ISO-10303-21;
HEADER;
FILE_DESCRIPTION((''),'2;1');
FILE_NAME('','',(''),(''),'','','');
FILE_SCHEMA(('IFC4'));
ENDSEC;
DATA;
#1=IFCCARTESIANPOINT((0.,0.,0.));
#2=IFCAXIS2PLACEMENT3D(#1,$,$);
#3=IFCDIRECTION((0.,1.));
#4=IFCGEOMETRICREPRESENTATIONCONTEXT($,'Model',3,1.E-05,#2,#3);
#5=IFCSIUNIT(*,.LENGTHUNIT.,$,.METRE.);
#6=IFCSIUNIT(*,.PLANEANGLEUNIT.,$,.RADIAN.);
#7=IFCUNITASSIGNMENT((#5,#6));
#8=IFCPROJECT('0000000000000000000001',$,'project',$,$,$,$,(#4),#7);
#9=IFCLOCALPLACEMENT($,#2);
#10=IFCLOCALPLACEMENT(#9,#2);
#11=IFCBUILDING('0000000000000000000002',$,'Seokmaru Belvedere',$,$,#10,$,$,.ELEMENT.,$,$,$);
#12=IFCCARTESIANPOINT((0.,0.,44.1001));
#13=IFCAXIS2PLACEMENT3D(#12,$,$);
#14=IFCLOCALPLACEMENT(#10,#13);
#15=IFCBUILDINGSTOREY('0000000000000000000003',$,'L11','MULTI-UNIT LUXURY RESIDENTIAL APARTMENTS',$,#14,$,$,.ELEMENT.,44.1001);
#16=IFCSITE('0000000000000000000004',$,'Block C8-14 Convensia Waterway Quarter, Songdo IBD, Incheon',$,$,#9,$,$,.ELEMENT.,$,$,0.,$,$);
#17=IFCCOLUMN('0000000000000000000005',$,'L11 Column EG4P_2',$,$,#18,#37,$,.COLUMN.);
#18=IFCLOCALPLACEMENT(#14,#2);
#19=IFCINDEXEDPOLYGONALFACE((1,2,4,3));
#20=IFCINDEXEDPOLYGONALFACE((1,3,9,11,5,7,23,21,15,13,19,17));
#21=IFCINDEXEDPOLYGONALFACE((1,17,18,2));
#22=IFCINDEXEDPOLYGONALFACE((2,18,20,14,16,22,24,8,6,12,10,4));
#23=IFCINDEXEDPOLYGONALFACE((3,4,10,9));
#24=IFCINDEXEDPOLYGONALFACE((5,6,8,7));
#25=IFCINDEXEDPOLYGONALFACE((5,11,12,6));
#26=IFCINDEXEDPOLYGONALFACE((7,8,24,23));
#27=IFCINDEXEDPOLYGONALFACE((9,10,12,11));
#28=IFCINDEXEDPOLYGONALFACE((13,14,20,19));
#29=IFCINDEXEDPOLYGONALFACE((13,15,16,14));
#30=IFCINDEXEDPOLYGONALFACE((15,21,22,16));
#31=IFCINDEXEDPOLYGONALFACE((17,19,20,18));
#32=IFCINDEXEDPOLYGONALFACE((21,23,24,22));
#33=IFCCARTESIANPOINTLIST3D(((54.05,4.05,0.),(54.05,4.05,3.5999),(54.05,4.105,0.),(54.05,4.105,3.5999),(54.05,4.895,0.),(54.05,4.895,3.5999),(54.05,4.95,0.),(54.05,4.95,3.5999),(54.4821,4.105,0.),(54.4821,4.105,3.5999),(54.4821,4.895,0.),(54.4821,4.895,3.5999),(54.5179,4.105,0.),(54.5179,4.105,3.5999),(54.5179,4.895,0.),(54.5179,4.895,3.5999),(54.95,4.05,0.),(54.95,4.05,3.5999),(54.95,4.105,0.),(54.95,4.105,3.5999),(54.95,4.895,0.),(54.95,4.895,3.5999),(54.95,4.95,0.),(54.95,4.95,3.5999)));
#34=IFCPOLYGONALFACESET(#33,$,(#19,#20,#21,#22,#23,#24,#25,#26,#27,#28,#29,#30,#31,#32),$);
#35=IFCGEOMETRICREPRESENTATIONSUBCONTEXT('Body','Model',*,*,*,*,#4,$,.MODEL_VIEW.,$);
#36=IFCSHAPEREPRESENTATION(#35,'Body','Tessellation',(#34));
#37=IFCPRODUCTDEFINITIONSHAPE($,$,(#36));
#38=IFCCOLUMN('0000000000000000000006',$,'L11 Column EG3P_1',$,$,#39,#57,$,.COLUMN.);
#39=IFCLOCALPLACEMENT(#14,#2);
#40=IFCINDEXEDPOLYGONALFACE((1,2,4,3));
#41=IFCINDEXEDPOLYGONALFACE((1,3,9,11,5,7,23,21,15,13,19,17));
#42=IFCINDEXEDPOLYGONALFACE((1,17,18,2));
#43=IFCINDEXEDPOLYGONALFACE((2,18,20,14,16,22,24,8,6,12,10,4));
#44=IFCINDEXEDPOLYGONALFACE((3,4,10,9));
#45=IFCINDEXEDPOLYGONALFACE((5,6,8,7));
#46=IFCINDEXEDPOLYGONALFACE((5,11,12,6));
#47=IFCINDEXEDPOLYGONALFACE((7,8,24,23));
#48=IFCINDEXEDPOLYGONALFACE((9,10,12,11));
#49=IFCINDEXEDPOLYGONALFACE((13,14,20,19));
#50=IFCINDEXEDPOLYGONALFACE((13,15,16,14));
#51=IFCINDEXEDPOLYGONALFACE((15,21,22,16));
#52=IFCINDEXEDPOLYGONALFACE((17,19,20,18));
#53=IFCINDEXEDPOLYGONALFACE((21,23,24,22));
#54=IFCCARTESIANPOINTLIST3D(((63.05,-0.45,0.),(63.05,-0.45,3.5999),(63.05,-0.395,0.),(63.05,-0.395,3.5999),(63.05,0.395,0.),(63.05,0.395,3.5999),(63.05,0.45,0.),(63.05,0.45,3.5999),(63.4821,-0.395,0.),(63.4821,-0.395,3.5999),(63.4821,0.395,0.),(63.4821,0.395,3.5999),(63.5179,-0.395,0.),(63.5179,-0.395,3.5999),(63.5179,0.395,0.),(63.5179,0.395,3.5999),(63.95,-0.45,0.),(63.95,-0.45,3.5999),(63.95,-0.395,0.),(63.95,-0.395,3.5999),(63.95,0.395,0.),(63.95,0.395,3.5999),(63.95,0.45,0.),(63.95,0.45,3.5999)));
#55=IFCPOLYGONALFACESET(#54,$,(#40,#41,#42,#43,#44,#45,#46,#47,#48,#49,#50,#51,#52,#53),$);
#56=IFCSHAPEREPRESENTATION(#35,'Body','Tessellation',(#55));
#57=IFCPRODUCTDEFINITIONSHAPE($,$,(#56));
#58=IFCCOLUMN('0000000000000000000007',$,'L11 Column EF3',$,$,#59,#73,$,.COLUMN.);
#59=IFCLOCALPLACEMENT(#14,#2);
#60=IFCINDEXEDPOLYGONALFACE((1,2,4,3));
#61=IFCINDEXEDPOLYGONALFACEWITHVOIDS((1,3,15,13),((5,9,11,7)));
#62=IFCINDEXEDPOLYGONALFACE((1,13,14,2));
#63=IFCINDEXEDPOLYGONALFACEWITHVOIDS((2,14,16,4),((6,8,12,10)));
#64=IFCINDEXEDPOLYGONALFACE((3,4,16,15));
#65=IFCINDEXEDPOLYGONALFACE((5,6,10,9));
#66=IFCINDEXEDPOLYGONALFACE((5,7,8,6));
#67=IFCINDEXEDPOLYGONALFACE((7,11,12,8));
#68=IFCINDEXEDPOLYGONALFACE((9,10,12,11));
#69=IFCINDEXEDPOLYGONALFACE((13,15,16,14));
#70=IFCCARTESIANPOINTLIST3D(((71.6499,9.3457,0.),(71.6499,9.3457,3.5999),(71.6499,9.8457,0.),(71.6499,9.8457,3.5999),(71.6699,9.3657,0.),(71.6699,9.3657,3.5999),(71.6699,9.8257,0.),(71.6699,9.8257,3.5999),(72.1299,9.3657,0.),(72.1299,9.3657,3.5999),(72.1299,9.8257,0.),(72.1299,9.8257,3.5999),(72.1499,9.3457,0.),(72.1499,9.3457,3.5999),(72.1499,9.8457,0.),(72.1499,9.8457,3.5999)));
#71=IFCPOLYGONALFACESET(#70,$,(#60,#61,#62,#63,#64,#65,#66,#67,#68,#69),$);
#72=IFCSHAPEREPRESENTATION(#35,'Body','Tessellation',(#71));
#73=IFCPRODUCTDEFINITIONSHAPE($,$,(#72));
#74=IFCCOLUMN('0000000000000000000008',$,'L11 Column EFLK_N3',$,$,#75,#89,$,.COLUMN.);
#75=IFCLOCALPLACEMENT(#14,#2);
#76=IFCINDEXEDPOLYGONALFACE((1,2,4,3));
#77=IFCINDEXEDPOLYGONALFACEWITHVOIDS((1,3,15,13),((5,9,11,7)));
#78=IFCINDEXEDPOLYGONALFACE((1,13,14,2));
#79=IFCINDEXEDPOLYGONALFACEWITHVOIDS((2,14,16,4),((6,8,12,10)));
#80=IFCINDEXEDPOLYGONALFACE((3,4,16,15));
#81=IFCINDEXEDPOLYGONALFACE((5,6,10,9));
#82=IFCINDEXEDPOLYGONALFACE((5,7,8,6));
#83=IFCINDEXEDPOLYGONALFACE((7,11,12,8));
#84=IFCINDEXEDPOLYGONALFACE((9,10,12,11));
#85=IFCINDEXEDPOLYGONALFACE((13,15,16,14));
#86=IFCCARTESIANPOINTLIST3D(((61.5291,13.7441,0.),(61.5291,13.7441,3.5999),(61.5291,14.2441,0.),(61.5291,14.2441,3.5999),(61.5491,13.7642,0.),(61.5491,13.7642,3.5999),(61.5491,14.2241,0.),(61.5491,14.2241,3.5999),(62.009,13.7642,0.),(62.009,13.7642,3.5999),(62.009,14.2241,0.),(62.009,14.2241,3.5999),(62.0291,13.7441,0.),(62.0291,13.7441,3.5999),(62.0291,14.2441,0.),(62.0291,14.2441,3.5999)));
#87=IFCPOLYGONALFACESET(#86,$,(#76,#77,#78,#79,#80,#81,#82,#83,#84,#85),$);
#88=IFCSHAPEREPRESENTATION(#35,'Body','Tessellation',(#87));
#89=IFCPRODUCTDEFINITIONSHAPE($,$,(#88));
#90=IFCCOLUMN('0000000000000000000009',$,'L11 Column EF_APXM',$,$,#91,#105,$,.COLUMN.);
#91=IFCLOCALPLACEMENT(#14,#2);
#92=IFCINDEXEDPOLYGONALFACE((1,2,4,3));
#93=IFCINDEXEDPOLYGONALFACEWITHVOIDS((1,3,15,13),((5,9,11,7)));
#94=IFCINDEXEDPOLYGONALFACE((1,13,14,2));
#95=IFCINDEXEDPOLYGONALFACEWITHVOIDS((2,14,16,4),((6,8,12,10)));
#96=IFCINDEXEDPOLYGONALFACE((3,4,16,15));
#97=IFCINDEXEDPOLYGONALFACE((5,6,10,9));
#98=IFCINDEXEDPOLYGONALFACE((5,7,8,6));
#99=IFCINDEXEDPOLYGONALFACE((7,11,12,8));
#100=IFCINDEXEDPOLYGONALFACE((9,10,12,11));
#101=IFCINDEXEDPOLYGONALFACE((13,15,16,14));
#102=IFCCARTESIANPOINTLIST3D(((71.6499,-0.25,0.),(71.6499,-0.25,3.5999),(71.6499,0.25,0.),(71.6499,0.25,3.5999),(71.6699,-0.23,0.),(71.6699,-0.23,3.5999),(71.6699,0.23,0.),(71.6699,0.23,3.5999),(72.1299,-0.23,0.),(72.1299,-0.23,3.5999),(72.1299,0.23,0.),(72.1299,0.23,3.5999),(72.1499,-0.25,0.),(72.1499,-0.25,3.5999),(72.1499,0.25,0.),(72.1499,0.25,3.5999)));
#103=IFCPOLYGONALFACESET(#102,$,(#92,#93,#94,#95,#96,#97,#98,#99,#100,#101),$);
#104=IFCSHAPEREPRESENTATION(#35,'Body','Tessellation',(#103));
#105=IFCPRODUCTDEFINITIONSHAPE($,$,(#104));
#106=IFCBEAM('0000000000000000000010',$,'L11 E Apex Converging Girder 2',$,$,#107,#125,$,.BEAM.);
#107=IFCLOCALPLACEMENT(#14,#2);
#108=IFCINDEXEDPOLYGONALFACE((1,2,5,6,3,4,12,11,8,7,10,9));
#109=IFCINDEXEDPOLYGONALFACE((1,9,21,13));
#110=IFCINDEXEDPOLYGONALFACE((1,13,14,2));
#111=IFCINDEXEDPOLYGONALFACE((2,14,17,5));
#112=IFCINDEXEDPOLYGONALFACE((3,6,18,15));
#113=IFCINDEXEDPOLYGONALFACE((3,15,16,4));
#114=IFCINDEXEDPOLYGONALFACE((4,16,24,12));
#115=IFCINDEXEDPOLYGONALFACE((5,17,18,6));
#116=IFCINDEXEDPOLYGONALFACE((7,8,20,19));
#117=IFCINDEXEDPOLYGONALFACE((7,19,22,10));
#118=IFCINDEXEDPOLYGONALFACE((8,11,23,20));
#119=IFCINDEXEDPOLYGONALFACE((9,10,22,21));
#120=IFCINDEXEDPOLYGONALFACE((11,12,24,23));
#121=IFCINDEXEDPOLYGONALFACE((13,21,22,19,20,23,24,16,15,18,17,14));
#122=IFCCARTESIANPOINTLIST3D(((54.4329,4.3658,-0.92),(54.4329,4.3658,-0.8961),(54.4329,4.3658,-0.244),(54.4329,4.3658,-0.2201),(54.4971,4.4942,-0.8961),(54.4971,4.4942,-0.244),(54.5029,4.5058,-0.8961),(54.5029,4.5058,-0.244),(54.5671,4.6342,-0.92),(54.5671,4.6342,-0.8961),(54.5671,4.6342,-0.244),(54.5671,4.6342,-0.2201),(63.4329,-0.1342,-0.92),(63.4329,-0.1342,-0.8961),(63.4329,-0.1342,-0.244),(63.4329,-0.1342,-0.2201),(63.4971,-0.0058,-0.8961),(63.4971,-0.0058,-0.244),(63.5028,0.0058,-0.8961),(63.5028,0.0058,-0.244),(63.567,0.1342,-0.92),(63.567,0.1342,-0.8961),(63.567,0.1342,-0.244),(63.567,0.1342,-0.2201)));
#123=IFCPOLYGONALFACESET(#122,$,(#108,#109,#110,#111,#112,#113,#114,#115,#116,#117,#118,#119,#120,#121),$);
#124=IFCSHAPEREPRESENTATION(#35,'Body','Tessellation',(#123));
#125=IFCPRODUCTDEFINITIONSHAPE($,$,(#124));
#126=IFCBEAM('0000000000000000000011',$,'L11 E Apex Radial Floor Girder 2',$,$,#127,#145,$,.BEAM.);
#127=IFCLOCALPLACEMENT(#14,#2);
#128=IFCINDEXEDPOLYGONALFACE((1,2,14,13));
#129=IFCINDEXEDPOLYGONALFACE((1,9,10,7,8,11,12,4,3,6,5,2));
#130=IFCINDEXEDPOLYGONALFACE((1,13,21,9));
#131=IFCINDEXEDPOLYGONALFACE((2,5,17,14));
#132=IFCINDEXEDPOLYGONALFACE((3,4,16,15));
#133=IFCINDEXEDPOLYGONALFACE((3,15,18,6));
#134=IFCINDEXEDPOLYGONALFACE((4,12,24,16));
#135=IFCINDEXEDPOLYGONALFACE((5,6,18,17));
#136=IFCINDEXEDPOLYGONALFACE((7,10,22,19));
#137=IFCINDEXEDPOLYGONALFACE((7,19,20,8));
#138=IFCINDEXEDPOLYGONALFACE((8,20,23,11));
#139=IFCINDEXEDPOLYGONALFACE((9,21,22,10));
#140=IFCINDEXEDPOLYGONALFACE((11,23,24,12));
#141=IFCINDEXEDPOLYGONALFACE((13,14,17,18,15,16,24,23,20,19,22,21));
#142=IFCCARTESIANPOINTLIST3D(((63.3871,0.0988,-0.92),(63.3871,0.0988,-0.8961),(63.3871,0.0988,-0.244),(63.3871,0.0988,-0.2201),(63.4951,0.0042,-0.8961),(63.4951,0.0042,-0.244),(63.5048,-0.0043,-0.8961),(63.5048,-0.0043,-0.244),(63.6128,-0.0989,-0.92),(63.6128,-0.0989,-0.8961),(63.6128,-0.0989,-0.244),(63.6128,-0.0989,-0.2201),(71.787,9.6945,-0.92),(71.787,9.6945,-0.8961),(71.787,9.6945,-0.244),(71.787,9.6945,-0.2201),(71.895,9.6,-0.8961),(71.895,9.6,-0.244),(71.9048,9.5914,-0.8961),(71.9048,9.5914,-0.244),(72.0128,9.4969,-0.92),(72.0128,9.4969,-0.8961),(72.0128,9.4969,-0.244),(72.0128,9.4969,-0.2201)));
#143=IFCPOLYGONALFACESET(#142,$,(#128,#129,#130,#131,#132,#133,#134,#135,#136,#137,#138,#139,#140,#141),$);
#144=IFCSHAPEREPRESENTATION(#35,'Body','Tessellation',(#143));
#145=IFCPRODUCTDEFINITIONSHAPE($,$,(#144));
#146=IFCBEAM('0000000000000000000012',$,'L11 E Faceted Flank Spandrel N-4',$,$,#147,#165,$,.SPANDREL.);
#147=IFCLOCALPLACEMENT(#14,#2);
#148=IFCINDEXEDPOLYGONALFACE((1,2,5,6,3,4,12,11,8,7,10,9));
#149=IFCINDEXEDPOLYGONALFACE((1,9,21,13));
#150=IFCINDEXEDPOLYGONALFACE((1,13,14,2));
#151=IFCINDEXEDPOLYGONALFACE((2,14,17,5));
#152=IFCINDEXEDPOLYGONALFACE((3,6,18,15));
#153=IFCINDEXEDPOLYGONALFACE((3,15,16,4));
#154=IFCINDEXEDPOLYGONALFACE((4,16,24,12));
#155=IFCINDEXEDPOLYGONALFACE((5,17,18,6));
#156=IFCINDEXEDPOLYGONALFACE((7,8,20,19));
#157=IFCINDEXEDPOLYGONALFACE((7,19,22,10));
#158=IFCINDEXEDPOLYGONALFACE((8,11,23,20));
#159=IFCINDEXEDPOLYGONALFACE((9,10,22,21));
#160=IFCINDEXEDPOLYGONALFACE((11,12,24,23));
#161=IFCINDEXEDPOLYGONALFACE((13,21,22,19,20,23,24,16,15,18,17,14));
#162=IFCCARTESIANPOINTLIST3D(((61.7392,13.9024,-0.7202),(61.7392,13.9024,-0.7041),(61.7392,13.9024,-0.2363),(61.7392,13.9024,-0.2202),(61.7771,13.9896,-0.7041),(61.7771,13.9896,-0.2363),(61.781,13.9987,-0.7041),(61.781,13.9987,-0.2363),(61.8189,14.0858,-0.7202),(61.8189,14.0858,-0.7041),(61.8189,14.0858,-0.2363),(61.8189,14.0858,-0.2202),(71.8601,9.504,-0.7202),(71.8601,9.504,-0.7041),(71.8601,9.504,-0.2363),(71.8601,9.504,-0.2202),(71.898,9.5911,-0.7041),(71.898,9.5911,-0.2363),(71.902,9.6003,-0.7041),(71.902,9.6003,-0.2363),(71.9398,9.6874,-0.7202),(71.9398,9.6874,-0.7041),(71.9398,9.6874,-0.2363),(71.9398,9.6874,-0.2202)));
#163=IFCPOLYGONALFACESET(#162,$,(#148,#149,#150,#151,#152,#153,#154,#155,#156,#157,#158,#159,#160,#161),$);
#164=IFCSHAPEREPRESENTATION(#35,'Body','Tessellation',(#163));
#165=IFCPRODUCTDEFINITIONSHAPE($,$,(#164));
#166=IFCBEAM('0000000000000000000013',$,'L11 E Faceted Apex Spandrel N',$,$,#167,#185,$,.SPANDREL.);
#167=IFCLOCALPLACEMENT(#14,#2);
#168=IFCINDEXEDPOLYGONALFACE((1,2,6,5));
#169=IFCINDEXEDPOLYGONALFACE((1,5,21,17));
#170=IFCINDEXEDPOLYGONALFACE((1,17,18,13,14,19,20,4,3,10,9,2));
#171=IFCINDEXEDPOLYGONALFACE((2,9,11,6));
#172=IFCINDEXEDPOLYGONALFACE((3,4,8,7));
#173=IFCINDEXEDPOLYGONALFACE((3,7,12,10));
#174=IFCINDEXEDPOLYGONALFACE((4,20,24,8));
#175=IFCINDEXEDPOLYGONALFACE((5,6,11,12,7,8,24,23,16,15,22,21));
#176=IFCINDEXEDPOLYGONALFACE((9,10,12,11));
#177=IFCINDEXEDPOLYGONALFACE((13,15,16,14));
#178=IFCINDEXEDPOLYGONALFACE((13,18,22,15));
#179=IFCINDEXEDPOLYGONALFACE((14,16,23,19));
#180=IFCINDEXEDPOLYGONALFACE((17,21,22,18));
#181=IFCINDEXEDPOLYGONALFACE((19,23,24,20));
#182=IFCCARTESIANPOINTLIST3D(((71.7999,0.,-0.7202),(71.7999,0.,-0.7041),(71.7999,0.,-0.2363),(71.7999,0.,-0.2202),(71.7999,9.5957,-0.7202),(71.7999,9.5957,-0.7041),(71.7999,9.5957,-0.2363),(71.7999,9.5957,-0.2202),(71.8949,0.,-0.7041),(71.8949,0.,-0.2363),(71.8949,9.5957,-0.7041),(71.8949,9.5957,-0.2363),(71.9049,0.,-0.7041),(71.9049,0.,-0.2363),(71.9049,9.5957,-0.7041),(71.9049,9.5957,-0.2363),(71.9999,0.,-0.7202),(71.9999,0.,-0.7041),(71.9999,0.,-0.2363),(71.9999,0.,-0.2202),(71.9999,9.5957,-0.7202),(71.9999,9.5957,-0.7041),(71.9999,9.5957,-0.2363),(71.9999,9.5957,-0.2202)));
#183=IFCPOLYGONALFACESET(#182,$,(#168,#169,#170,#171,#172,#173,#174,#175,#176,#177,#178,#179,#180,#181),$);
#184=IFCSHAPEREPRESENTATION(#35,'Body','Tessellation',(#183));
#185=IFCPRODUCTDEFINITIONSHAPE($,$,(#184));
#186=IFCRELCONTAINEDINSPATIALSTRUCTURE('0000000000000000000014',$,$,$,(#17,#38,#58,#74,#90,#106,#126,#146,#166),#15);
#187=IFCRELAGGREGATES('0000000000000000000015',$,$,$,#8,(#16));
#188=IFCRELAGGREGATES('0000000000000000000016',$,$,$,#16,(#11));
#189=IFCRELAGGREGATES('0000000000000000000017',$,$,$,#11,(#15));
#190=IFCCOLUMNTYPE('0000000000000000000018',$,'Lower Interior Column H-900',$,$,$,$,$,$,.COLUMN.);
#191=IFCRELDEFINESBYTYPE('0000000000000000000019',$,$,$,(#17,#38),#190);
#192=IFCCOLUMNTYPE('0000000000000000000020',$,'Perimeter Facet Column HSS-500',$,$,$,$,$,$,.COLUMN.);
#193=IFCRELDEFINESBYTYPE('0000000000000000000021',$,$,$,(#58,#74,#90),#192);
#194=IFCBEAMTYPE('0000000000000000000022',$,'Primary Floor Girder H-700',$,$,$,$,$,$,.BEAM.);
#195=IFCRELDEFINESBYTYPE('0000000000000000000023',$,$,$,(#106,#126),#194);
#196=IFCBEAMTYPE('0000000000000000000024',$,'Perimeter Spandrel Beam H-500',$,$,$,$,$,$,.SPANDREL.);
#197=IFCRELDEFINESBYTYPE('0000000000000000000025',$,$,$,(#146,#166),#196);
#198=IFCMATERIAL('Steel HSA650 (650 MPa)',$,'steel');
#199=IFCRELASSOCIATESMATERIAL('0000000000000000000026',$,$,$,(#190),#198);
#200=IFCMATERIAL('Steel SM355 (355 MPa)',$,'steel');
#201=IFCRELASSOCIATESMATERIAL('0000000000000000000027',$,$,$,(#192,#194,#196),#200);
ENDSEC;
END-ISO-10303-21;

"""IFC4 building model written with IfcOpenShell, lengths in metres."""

from ifc_helpers import new_model, si_unit, direction, frame, origin, origin_2d, place, context, subcontext, project, spatial, hollow_rectangle, i_section, extrude, source, transform, mapped, material, material_profile, profile_set, type_object, type_shapes, element, save


model = new_model("IFC4")

# Units and contexts
model_context = context("Model", 3, precision=1e-05, world=origin(), true_north=direction((0.0, 1.0)))
body_context = subcontext(model_context, "Body", "Model", "MODEL_VIEW")
ifc_project = project(units=[si_unit("LENGTHUNIT", "METRE"), si_unit("PLANEANGLEUNIT", "RADIAN")], contexts=[model_context])

# Site, building, storey
site_placement = place(None, origin())
site = spatial("IfcSite", under=ifc_project, at=site_placement, Name="Block C8-14 Convensia Waterway Quarter, Songdo IBD, Incheon", CompositionType="ELEMENT", RefElevation=0.0)
building_placement = place(site_placement, origin())
building = spatial("IfcBuilding", under=site, at=building_placement, Name="Seokmaru Belvedere", CompositionType="ELEMENT")
storey_placement = place(building_placement, frame((0.0, 0.0, 44.1001)))
storey = spatial("IfcBuildingStorey", under=building, at=storey_placement, Name="L11", Description="MULTI-UNIT LUXURY RESIDENTIAL APARTMENTS", CompositionType="ELEMENT", Elevation=44.1001)

# Columns
ifc_material_1 = material(Name="Steel HSA650 (650 MPa)", Category="steel")
ifc_material_profile_1 = material_profile(ifc_material_1, i_section(OverallWidth=0.8999, OverallDepth=0.8999, WebThickness=0.0359, FlangeThickness=0.0549, at=origin_2d()), Name="H-900x900x36x55")
ifc_profile_set_1 = profile_set([ifc_material_profile_1], Name="Steel HSA650 (650 MPa)")
column_type_1 = type_object("IfcColumnType", Name="Lower Interior Column H-900", PredefinedType="COLUMN", material=ifc_profile_set_1)
shared_shape_1 = source(origin(), body_context, "Body", "SweptSolid", [
    extrude(i_section(OverallWidth=0.8999, OverallDepth=0.8999, WebThickness=0.0359, FlangeThickness=0.0549, at=origin_2d()), origin(), (0.0, 0.0, 1.0), 3.5999),
])
type_shapes(column_type_1, [shared_shape_1])
for number, where, z_axis, x_axis, name in (
    (1, (54.5, 4.5, 0.0), (0.0, 0.0, 1.0), (1.0, 0.0, 0.0), "L11 Column EG4P_2"),
    (2, (63.5, 0.0, 0.0), (0.0, 0.0, 1.0), (1.0, 0.0, 0.0), "L11 Column EG3P_1"),
):
    element("IfcColumn", number, at=place(storey_placement, frame(where, z_axis=z_axis, x_axis=x_axis)), inside=storey, type_object=column_type_1, Name=name, PredefinedType="COLUMN", context=body_context, shape_type="MappedRepresentation", body=[
        mapped(shared_shape_1, transform((0.0, 0.0, 0.0), scale=1.0)),
    ])
ifc_material_2 = material(Name="Steel SM355 (355 MPa)", Category="steel")
ifc_material_profile_2 = material_profile(ifc_material_2, hollow_rectangle(XDim=0.5, YDim=0.5, WallThickness=0.02, at=origin_2d()), Name="HSS-500x500x20")
ifc_profile_set_2 = profile_set([ifc_material_profile_2], Name="Steel SM355 (355 MPa)")
column_type_2 = type_object("IfcColumnType", Name="Perimeter Facet Column HSS-500", PredefinedType="COLUMN", material=ifc_profile_set_2)
shared_shape_2 = source(origin(), body_context, "Body", "SweptSolid", [
    extrude(hollow_rectangle(XDim=0.5, YDim=0.5, WallThickness=0.02, at=origin_2d()), origin(), (0.0, 0.0, 1.0), 3.5999),
])
type_shapes(column_type_2, [shared_shape_2])
for number, where, z_axis, x_axis, name in (
    (3, (71.8999, 9.5957, 0.0), (0.0, 0.0, 1.0), (1.0, 0.0, 0.0), "L11 Column EF3"),
    (4, (61.7791, 13.9941, 0.0), (0.0, 0.0, 1.0), (1.0, 0.0, 0.0), "L11 Column EFLK_N3"),
    (5, (71.8999, 0.0, 0.0), (0.0, 0.0, 1.0), (1.0, 0.0, 0.0), "L11 Column EF_APXM"),
):
    element("IfcColumn", number, at=place(storey_placement, frame(where, z_axis=z_axis, x_axis=x_axis)), inside=storey, type_object=column_type_2, Name=name, PredefinedType="COLUMN", context=body_context, shape_type="MappedRepresentation", body=[
        mapped(shared_shape_2, transform((0.0, 0.0, 0.0), scale=1.0)),
    ])

# Beams
ifc_material_profile_3 = material_profile(ifc_material_2, i_section(OverallWidth=0.3, OverallDepth=0.7, WebThickness=0.0129, FlangeThickness=0.0239, at=origin_2d()), Name="H-700x300x13x24")
ifc_profile_set_3 = profile_set([ifc_material_profile_3], Name="Steel SM355 (355 MPa)")
beam_type_1 = type_object("IfcBeamType", Name="Primary Floor Girder H-700", PredefinedType="BEAM", material=ifc_profile_set_3)
shared_shape_3 = source(origin(), body_context, "Body", "SweptSolid", [
    extrude(i_section(OverallWidth=0.3, OverallDepth=0.7, WebThickness=0.0129, FlangeThickness=0.0239, at=origin_2d()), origin(), (0.0, 0.0, 1.0), 10.0623),
])
beam_1_placement = place(storey_placement, frame((54.5, 4.5, -0.5701), z_axis=(0.894427, -0.447214, 0.0), x_axis=(0.447214, 0.894427, 0.0)))
element("IfcBeam", 6, at=beam_1_placement, inside=storey, type_object=beam_type_1, Name="L11 E Apex Converging Girder 2", PredefinedType="BEAM", context=body_context, shape_type="MappedRepresentation", body=[
    mapped(shared_shape_3, transform((0.0, 0.0, 0.0), scale=1.0)),
])
shared_shape_4 = source(origin(), body_context, "Body", "SweptSolid", [
    extrude(i_section(OverallWidth=0.3, OverallDepth=0.7, WebThickness=0.0129, FlangeThickness=0.0239, at=origin_2d()), origin(), (0.0, 0.0, 1.0), 12.7529),
])
beam_2_placement = place(storey_placement, frame((71.8999, 9.5957, -0.5701), z_axis=(-0.658667, -0.752434, 0.0), x_axis=(0.752434, -0.658667, 0.0)))
element("IfcBeam", 7, at=beam_2_placement, inside=storey, type_object=beam_type_1, Name="L11 E Apex Radial Floor Girder 2", PredefinedType="BEAM", context=body_context, shape_type="MappedRepresentation", body=[
    mapped(shared_shape_4, transform((0.0, 0.0, 0.0), scale=1.0)),
])
ifc_material_profile_4 = material_profile(ifc_material_2, i_section(OverallWidth=0.2, OverallDepth=0.5, WebThickness=0.01, FlangeThickness=0.0161, at=origin_2d()), Name="H-500x200x10x16")
ifc_profile_set_4 = profile_set([ifc_material_profile_4], Name="Steel SM355 (355 MPa)")
beam_type_2 = type_object("IfcBeamType", Name="Perimeter Spandrel Beam H-500", PredefinedType="SPANDREL", material=ifc_profile_set_4)
shared_shape_5 = source(origin(), body_context, "Body", "SweptSolid", [
    extrude(i_section(OverallWidth=0.2, OverallDepth=0.5, WebThickness=0.01, FlangeThickness=0.0161, at=origin_2d()), origin(), (0.0, 0.0, 1.0), 11.0354),
])
beam_3_placement = place(storey_placement, frame((61.7791, 13.9941, -0.4702), z_axis=(0.917134, -0.398579, 0.0), x_axis=(0.398579, 0.917134, 0.0)))
element("IfcBeam", 8, at=beam_3_placement, inside=storey, type_object=beam_type_2, Name="L11 E Faceted Flank Spandrel N-4", PredefinedType="SPANDREL", context=body_context, shape_type="MappedRepresentation", body=[
    mapped(shared_shape_5, transform((0.0, 0.0, 0.0), scale=1.0)),
])
shared_shape_6 = source(origin(), body_context, "Body", "SweptSolid", [
    extrude(i_section(OverallWidth=0.2, OverallDepth=0.5, WebThickness=0.01, FlangeThickness=0.0161, at=origin_2d()), origin(), (0.0, 0.0, 1.0), 9.5957),
])
type_shapes(beam_type_2, [shared_shape_5, shared_shape_6])
beam_4_placement = place(storey_placement, frame((71.8999, 0.0, -0.4702), z_axis=(0.0, 1.0, 0.0), x_axis=(-1.0, 0.0, 0.0)))
element("IfcBeam", 9, at=beam_4_placement, inside=storey, type_object=beam_type_2, Name="L11 E Faceted Apex Spandrel N", PredefinedType="SPANDREL", context=body_context, shape_type="MappedRepresentation", body=[
    mapped(shared_shape_6, transform((0.0, 0.0, 0.0), scale=1.0)),
])

save(model, "model.ifc")
